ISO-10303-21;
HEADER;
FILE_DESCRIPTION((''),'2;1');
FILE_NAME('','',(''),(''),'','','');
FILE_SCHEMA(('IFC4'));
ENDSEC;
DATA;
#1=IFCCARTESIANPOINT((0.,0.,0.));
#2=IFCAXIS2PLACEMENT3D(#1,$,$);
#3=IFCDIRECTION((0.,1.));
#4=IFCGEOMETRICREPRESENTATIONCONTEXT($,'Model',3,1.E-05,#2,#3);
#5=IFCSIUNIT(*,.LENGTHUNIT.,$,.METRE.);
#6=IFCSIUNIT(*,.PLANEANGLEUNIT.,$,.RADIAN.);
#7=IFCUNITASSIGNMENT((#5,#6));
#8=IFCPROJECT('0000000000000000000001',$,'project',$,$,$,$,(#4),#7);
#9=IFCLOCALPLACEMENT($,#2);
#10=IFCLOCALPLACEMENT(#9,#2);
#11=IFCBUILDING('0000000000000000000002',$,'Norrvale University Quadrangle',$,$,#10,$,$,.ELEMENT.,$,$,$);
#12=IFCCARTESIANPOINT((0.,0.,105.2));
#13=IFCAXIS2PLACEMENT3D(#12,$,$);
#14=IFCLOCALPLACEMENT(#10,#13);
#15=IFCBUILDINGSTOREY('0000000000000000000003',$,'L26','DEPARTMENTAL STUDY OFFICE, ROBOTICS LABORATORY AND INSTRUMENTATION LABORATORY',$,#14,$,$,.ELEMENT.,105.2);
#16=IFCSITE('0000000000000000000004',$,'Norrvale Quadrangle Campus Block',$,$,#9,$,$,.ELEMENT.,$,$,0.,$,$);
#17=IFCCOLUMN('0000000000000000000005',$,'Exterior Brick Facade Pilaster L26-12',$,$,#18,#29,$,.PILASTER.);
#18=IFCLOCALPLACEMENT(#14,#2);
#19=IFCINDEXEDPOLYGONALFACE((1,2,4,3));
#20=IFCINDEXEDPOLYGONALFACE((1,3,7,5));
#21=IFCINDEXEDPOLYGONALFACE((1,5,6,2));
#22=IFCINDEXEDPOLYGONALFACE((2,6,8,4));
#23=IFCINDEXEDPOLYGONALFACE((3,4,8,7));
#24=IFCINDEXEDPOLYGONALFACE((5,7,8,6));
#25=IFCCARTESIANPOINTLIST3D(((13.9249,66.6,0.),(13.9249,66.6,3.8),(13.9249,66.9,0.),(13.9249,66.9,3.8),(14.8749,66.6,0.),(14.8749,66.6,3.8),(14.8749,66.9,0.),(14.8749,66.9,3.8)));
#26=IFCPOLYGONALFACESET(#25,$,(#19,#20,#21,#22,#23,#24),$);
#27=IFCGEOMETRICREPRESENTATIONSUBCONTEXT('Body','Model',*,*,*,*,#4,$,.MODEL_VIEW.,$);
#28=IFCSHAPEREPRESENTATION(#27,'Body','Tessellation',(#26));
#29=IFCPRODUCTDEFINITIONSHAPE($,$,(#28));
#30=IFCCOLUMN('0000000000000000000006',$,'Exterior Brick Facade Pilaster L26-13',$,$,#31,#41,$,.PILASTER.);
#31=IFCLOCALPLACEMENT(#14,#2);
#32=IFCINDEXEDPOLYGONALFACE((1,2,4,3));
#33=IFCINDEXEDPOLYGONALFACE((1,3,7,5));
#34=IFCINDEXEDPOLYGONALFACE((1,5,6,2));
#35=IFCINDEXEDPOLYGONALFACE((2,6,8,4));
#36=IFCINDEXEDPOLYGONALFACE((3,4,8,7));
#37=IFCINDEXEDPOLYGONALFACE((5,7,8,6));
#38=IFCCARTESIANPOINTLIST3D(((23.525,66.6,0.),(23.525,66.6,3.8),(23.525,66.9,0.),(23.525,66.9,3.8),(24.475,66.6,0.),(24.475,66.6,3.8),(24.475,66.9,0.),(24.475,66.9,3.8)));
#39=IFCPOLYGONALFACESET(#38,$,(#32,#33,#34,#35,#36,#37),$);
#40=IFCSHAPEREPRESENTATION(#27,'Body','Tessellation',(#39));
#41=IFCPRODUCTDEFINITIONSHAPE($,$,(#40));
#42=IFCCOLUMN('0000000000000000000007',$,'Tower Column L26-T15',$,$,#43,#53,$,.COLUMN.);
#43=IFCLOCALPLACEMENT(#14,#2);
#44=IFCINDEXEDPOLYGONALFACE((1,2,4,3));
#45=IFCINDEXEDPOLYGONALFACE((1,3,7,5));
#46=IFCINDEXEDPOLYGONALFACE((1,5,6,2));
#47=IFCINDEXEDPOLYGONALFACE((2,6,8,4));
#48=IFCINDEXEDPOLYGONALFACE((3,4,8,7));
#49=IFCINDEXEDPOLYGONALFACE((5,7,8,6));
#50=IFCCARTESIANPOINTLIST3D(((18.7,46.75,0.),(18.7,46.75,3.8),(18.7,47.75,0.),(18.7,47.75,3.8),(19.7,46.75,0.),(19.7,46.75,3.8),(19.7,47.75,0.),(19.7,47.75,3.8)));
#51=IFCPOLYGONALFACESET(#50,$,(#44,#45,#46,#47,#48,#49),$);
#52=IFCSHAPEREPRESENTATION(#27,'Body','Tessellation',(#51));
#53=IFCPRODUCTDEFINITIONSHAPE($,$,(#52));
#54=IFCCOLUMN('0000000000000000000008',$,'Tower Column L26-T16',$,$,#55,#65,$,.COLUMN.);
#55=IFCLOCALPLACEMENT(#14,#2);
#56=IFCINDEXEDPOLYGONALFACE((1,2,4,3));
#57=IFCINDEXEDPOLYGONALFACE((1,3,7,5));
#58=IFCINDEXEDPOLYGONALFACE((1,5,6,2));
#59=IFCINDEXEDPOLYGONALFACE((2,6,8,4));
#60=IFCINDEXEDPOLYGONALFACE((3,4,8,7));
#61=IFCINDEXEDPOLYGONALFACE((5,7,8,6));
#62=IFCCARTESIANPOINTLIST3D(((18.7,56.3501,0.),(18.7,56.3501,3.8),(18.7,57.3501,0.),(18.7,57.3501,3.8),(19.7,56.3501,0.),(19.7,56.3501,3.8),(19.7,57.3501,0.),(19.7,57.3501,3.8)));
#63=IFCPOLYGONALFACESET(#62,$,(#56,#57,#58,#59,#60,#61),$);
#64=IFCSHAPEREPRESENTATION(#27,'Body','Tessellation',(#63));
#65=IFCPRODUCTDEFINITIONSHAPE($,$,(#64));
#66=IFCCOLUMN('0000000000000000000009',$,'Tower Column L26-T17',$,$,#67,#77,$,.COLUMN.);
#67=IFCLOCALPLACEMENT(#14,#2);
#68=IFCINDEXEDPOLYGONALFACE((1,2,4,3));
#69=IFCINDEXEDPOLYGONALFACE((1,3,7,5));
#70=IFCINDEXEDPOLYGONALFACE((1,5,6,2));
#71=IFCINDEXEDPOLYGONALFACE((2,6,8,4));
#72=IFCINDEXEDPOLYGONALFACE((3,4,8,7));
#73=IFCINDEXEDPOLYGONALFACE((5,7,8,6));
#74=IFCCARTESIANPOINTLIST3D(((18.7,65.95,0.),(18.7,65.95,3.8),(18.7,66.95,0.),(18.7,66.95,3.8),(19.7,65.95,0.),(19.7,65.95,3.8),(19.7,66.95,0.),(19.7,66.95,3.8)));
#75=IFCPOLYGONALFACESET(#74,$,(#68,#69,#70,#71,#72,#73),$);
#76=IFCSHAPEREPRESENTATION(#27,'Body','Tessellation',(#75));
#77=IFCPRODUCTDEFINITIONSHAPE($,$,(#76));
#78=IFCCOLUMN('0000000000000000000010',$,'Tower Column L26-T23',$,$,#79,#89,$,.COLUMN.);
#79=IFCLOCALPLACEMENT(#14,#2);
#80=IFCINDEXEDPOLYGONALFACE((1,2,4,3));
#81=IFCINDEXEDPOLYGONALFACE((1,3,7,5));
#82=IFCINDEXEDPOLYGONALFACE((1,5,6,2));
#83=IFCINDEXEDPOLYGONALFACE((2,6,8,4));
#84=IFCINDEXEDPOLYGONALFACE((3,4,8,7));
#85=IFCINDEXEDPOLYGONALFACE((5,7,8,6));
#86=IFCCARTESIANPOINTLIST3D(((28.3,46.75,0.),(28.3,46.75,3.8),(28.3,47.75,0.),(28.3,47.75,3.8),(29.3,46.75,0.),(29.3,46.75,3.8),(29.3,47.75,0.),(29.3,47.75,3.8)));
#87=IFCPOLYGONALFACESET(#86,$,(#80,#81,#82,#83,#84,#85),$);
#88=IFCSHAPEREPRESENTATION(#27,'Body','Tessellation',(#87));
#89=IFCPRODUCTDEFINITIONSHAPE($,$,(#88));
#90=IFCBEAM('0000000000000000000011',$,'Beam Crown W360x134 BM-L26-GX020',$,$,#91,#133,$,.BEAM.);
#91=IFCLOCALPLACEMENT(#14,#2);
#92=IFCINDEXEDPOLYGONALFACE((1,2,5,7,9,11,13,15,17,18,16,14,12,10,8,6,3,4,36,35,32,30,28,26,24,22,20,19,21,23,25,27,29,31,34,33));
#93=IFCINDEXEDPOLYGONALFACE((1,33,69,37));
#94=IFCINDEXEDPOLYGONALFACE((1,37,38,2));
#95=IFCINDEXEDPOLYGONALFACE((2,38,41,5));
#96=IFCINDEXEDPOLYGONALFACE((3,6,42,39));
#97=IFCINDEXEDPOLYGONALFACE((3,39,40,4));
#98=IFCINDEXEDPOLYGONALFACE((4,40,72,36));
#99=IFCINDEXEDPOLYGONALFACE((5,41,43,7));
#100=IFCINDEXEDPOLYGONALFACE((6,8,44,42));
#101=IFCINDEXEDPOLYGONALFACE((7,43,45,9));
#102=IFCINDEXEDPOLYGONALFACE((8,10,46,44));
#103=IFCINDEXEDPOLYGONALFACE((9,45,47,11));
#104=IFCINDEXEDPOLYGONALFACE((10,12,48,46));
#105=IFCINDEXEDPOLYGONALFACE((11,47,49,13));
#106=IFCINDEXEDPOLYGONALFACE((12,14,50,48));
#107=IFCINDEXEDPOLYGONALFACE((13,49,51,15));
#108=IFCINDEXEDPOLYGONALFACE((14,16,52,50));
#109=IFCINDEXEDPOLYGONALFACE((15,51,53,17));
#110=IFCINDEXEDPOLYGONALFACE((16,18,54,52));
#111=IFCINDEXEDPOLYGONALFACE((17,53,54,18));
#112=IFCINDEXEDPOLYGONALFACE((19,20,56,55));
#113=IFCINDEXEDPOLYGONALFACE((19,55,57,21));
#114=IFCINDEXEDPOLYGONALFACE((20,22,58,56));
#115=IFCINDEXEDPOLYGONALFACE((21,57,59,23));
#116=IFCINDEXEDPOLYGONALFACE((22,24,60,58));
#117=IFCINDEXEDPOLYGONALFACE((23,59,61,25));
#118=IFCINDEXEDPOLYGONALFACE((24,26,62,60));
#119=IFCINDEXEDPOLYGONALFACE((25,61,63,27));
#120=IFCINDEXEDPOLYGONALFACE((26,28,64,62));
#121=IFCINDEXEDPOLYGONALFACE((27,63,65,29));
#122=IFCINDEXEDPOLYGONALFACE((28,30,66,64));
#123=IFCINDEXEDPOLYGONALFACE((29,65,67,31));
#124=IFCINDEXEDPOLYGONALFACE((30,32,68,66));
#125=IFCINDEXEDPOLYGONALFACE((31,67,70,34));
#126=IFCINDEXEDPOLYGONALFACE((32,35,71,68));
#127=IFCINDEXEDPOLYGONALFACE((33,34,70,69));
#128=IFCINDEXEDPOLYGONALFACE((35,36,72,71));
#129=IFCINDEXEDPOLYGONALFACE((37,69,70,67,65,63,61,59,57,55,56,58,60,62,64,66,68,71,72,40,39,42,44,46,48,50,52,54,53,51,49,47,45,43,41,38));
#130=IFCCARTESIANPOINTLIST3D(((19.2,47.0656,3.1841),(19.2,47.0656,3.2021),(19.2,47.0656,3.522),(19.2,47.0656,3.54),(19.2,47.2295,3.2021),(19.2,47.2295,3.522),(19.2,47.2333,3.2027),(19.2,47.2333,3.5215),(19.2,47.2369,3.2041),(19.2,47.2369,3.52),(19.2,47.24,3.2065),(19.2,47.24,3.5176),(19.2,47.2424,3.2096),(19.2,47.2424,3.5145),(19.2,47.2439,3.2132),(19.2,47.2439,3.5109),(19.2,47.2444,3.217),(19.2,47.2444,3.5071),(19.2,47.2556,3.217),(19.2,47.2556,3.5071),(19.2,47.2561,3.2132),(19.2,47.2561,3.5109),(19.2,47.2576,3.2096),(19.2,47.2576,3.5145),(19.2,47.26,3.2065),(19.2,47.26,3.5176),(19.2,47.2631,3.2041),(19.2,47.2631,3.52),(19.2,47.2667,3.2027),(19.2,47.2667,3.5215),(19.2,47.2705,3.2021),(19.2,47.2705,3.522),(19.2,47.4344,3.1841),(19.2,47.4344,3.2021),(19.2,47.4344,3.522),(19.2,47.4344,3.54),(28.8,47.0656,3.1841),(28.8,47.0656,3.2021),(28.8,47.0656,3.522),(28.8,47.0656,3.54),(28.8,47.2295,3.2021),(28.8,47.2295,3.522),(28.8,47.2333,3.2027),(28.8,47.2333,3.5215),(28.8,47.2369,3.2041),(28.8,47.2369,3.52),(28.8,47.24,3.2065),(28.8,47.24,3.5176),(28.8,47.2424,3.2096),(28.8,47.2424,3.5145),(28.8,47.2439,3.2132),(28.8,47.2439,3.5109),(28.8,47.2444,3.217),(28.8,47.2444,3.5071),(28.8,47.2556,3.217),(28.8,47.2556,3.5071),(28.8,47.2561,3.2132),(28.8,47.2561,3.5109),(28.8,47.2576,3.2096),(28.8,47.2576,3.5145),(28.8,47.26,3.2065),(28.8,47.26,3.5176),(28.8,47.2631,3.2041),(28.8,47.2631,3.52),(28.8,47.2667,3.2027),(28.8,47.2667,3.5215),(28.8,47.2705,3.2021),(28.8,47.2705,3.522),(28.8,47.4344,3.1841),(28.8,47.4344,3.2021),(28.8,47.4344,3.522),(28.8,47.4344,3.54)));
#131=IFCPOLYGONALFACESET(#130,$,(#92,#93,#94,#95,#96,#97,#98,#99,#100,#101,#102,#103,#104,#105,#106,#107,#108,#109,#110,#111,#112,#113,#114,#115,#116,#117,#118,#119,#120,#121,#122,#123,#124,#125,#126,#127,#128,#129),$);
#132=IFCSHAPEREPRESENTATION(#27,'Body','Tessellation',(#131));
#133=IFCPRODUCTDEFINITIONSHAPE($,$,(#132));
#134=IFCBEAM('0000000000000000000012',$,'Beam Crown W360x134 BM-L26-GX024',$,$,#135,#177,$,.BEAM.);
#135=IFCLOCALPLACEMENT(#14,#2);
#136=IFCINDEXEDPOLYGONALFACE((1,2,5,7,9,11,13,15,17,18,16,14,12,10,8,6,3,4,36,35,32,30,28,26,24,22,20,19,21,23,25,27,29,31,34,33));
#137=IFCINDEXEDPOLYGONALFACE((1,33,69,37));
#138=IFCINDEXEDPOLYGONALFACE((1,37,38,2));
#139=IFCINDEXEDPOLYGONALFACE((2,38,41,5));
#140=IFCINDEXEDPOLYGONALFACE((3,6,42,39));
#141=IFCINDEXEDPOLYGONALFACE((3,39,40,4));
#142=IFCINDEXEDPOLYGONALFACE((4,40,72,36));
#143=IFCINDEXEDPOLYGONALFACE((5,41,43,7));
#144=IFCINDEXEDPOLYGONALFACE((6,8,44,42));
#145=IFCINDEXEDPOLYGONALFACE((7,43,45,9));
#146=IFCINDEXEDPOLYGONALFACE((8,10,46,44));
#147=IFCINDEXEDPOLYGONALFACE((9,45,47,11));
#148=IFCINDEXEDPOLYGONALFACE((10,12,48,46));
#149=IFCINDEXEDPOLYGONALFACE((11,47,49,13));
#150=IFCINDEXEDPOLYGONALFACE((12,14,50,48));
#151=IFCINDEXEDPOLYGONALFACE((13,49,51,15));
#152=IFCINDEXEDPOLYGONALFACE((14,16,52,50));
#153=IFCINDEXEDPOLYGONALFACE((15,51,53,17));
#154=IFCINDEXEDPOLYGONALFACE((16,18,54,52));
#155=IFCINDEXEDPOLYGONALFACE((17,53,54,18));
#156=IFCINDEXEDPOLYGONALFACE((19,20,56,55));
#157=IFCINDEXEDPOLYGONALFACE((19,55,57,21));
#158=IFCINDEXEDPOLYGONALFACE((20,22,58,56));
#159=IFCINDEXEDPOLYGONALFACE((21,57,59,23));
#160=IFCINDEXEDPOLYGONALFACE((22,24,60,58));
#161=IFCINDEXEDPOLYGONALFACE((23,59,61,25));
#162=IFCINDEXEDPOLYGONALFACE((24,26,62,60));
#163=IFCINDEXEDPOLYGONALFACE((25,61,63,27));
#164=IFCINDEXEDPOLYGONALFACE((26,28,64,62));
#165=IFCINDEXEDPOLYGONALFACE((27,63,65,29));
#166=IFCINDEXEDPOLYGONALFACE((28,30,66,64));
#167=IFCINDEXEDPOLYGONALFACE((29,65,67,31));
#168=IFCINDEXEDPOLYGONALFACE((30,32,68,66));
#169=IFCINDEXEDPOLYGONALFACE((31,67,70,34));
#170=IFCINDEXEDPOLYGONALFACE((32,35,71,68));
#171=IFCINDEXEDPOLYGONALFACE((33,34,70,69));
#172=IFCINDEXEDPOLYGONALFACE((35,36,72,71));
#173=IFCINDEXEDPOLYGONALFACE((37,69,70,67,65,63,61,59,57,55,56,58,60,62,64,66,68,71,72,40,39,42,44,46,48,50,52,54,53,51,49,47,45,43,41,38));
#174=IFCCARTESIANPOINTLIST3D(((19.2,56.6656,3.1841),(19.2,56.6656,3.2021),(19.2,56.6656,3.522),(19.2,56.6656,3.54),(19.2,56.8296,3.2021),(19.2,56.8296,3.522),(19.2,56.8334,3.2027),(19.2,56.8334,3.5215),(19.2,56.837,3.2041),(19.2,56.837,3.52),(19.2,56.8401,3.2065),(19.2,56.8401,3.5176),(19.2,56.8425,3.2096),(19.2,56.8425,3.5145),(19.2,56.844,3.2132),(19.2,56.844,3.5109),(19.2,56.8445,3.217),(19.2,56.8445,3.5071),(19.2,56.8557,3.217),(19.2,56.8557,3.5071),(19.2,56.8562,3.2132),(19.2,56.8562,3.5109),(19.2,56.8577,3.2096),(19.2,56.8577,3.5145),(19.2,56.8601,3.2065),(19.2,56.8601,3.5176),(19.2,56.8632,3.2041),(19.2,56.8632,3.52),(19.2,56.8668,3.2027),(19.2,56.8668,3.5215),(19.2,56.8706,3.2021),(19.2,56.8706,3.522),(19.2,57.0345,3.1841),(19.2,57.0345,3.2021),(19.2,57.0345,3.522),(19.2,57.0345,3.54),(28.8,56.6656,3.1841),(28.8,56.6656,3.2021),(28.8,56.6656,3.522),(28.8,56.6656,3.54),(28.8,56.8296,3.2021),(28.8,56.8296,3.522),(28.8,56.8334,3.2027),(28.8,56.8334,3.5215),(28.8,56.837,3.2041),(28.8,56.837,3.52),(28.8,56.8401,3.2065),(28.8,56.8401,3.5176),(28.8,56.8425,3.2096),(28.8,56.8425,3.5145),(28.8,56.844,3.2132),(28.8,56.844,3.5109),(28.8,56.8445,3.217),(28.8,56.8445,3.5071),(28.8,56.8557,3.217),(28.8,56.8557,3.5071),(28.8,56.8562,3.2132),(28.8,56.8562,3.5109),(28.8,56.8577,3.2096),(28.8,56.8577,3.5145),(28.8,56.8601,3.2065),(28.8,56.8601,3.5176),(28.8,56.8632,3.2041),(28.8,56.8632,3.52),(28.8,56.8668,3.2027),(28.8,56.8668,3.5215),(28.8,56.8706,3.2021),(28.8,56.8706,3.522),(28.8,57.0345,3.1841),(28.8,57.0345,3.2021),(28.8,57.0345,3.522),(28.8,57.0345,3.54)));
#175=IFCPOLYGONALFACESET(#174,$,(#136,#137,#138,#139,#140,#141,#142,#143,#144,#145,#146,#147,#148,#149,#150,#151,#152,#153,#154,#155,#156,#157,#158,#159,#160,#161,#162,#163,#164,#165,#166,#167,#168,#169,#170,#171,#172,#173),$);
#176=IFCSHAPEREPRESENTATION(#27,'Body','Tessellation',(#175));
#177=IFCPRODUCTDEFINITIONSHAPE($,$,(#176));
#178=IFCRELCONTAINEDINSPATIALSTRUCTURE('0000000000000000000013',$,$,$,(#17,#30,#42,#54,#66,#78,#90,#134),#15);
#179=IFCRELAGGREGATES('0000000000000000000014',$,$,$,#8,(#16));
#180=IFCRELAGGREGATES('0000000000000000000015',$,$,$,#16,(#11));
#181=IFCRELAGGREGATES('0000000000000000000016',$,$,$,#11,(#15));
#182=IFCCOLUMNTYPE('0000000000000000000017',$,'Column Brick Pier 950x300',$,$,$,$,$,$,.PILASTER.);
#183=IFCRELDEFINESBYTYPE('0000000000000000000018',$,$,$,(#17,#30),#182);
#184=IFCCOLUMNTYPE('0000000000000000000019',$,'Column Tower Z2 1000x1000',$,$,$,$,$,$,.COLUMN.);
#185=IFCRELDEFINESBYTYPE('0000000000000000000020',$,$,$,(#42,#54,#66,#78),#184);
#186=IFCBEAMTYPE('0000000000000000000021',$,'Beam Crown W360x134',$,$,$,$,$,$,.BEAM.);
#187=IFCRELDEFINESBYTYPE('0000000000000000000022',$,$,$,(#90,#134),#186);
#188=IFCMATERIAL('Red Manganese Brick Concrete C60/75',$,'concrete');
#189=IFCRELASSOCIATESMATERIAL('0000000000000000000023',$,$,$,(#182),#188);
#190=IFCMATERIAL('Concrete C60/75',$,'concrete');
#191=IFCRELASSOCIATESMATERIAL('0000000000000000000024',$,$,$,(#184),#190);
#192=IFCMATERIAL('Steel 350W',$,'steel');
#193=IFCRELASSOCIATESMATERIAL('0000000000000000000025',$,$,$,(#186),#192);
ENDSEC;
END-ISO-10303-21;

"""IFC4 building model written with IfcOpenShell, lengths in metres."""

from ifc_helpers import new_model, si_unit, direction, frame, origin, origin_2d, place, context, subcontext, project, spatial, rectangle, i_section, extrude, material, material_profile, profile_set, type_object, element, save


model = new_model("IFC4")

# Units and contexts
model_context = context("Model", 3, precision=1e-05, world=origin(), true_north=direction((0.0, 1.0)))
body_context = subcontext(model_context, "Body", "Model", "MODEL_VIEW")
ifc_project = project(units=[si_unit("LENGTHUNIT", "METRE"), si_unit("PLANEANGLEUNIT", "RADIAN")], contexts=[model_context])

# Site, building, storey
site_placement = place(None, origin())
site = spatial("IfcSite", under=ifc_project, at=site_placement, Name="Norrvale Quadrangle Campus Block", CompositionType="ELEMENT", RefElevation=0.0)
building_placement = place(site_placement, origin())
building = spatial("IfcBuilding", under=site, at=building_placement, Name="Norrvale University Quadrangle", CompositionType="ELEMENT")
storey_placement = place(building_placement, frame((0.0, 0.0, 105.2)))
storey = spatial("IfcBuildingStorey", under=building, at=storey_placement, Name="L26", Description="DEPARTMENTAL STUDY OFFICE, ROBOTICS LABORATORY AND INSTRUMENTATION LABORATORY", CompositionType="ELEMENT", Elevation=105.2)

# Columns
ifc_material_1 = material(Name="Red Manganese Brick Concrete C60/75", Category="concrete")
ifc_material_profile_1 = material_profile(ifc_material_1, rectangle(XDim=0.95, YDim=0.3, at=origin_2d()), Name="Red Manganese Brick Concrete C60/75")
ifc_profile_set_1 = profile_set([ifc_material_profile_1], Name="Red Manganese Brick Concrete C60/75")
column_type_1 = type_object("IfcColumnType", Name="Column Brick Pier 950x300", PredefinedType="PILASTER", material=ifc_profile_set_1)
for number, where, z_axis, x_axis, name in (
    (1, (14.3999, 66.75, 0.0), (0.0, 0.0, 1.0), (1.0, 0.0, 0.0), "Exterior Brick Facade Pilaster L26-12"),
    (2, (24.0, 66.75, 0.0), (0.0, 0.0, 1.0), (1.0, 0.0, 0.0), "Exterior Brick Facade Pilaster L26-13"),
):
    element("IfcColumn", number, at=place(storey_placement, frame(where, z_axis=z_axis, x_axis=x_axis)), inside=storey, type_object=column_type_1, Name=name, PredefinedType="PILASTER", context=body_context, shape_type="SweptSolid", body=[
        extrude(rectangle(XDim=0.95, YDim=0.3, at=origin_2d()), origin(), (0.0, 0.0, 1.0), 3.8),
    ])
ifc_material_2 = material(Name="Concrete C60/75", Category="concrete")
ifc_material_profile_2 = material_profile(ifc_material_2, rectangle(XDim=1.0, YDim=1.0, at=origin_2d()), Name="Concrete C60/75")
ifc_profile_set_2 = profile_set([ifc_material_profile_2], Name="Concrete C60/75")
column_type_2 = type_object("IfcColumnType", Name="Column Tower Z2 1000x1000", PredefinedType="COLUMN", material=ifc_profile_set_2)
for number, where, z_axis, x_axis, name in (
    (3, (19.2, 47.25, 0.0), (0.0, 0.0, 1.0), (1.0, 0.0, 0.0), "Tower Column L26-T15"),
    (4, (19.2, 56.8501, 0.0), (0.0, 0.0, 1.0), (1.0, 0.0, 0.0), "Tower Column L26-T16"),
    (5, (19.2, 66.45, 0.0), (0.0, 0.0, 1.0), (1.0, 0.0, 0.0), "Tower Column L26-T17"),
    (6, (28.8, 47.25, 0.0), (0.0, 0.0, 1.0), (1.0, 0.0, 0.0), "Tower Column L26-T23"),
):
    element("IfcColumn", number, at=place(storey_placement, frame(where, z_axis=z_axis, x_axis=x_axis)), inside=storey, type_object=column_type_2, Name=name, PredefinedType="COLUMN", context=body_context, shape_type="SweptSolid", body=[
        extrude(rectangle(XDim=1.0, YDim=1.0, at=origin_2d()), origin(), (0.0, 0.0, 1.0), 3.8),
    ])

# Beams
ifc_material_3 = material(Name="Steel 350W", Category="steel")
ifc_material_profile_3 = material_profile(ifc_material_3, i_section(OverallWidth=0.3689, OverallDepth=0.356, WebThickness=0.0112, FlangeThickness=0.0181, FilletRadius=0.0149, at=origin_2d()), Name="Steel 350W")
ifc_profile_set_3 = profile_set([ifc_material_profile_3], Name="Steel 350W")
beam_type_1 = type_object("IfcBeamType", Name="Beam Crown W360x134", PredefinedType="BEAM", material=ifc_profile_set_3)
for number, where, z_axis, x_axis, name in (
    (7, (19.2, 47.25, 3.3621), (1.0, 0.0, 0.0), (0.0, 1.0, 0.0), "Beam Crown W360x134 BM-L26-GX020"),
    (8, (19.2, 56.8501, 3.3621), (1.0, 0.0, 0.0), (0.0, 1.0, 0.0), "Beam Crown W360x134 BM-L26-GX024"),
):
    element("IfcBeam", number, at=place(storey_placement, frame(where, z_axis=z_axis, x_axis=x_axis)), inside=storey, type_object=beam_type_1, Name=name, PredefinedType="BEAM", context=body_context, shape_type="SweptSolid", body=[
        extrude(i_section(OverallWidth=0.3689, OverallDepth=0.356, WebThickness=0.0112, FlangeThickness=0.0181, FilletRadius=0.0149, at=origin_2d()), origin(), (0.0, 0.0, 1.0), 9.6001),
    ])

save(model, "model.ifc")
